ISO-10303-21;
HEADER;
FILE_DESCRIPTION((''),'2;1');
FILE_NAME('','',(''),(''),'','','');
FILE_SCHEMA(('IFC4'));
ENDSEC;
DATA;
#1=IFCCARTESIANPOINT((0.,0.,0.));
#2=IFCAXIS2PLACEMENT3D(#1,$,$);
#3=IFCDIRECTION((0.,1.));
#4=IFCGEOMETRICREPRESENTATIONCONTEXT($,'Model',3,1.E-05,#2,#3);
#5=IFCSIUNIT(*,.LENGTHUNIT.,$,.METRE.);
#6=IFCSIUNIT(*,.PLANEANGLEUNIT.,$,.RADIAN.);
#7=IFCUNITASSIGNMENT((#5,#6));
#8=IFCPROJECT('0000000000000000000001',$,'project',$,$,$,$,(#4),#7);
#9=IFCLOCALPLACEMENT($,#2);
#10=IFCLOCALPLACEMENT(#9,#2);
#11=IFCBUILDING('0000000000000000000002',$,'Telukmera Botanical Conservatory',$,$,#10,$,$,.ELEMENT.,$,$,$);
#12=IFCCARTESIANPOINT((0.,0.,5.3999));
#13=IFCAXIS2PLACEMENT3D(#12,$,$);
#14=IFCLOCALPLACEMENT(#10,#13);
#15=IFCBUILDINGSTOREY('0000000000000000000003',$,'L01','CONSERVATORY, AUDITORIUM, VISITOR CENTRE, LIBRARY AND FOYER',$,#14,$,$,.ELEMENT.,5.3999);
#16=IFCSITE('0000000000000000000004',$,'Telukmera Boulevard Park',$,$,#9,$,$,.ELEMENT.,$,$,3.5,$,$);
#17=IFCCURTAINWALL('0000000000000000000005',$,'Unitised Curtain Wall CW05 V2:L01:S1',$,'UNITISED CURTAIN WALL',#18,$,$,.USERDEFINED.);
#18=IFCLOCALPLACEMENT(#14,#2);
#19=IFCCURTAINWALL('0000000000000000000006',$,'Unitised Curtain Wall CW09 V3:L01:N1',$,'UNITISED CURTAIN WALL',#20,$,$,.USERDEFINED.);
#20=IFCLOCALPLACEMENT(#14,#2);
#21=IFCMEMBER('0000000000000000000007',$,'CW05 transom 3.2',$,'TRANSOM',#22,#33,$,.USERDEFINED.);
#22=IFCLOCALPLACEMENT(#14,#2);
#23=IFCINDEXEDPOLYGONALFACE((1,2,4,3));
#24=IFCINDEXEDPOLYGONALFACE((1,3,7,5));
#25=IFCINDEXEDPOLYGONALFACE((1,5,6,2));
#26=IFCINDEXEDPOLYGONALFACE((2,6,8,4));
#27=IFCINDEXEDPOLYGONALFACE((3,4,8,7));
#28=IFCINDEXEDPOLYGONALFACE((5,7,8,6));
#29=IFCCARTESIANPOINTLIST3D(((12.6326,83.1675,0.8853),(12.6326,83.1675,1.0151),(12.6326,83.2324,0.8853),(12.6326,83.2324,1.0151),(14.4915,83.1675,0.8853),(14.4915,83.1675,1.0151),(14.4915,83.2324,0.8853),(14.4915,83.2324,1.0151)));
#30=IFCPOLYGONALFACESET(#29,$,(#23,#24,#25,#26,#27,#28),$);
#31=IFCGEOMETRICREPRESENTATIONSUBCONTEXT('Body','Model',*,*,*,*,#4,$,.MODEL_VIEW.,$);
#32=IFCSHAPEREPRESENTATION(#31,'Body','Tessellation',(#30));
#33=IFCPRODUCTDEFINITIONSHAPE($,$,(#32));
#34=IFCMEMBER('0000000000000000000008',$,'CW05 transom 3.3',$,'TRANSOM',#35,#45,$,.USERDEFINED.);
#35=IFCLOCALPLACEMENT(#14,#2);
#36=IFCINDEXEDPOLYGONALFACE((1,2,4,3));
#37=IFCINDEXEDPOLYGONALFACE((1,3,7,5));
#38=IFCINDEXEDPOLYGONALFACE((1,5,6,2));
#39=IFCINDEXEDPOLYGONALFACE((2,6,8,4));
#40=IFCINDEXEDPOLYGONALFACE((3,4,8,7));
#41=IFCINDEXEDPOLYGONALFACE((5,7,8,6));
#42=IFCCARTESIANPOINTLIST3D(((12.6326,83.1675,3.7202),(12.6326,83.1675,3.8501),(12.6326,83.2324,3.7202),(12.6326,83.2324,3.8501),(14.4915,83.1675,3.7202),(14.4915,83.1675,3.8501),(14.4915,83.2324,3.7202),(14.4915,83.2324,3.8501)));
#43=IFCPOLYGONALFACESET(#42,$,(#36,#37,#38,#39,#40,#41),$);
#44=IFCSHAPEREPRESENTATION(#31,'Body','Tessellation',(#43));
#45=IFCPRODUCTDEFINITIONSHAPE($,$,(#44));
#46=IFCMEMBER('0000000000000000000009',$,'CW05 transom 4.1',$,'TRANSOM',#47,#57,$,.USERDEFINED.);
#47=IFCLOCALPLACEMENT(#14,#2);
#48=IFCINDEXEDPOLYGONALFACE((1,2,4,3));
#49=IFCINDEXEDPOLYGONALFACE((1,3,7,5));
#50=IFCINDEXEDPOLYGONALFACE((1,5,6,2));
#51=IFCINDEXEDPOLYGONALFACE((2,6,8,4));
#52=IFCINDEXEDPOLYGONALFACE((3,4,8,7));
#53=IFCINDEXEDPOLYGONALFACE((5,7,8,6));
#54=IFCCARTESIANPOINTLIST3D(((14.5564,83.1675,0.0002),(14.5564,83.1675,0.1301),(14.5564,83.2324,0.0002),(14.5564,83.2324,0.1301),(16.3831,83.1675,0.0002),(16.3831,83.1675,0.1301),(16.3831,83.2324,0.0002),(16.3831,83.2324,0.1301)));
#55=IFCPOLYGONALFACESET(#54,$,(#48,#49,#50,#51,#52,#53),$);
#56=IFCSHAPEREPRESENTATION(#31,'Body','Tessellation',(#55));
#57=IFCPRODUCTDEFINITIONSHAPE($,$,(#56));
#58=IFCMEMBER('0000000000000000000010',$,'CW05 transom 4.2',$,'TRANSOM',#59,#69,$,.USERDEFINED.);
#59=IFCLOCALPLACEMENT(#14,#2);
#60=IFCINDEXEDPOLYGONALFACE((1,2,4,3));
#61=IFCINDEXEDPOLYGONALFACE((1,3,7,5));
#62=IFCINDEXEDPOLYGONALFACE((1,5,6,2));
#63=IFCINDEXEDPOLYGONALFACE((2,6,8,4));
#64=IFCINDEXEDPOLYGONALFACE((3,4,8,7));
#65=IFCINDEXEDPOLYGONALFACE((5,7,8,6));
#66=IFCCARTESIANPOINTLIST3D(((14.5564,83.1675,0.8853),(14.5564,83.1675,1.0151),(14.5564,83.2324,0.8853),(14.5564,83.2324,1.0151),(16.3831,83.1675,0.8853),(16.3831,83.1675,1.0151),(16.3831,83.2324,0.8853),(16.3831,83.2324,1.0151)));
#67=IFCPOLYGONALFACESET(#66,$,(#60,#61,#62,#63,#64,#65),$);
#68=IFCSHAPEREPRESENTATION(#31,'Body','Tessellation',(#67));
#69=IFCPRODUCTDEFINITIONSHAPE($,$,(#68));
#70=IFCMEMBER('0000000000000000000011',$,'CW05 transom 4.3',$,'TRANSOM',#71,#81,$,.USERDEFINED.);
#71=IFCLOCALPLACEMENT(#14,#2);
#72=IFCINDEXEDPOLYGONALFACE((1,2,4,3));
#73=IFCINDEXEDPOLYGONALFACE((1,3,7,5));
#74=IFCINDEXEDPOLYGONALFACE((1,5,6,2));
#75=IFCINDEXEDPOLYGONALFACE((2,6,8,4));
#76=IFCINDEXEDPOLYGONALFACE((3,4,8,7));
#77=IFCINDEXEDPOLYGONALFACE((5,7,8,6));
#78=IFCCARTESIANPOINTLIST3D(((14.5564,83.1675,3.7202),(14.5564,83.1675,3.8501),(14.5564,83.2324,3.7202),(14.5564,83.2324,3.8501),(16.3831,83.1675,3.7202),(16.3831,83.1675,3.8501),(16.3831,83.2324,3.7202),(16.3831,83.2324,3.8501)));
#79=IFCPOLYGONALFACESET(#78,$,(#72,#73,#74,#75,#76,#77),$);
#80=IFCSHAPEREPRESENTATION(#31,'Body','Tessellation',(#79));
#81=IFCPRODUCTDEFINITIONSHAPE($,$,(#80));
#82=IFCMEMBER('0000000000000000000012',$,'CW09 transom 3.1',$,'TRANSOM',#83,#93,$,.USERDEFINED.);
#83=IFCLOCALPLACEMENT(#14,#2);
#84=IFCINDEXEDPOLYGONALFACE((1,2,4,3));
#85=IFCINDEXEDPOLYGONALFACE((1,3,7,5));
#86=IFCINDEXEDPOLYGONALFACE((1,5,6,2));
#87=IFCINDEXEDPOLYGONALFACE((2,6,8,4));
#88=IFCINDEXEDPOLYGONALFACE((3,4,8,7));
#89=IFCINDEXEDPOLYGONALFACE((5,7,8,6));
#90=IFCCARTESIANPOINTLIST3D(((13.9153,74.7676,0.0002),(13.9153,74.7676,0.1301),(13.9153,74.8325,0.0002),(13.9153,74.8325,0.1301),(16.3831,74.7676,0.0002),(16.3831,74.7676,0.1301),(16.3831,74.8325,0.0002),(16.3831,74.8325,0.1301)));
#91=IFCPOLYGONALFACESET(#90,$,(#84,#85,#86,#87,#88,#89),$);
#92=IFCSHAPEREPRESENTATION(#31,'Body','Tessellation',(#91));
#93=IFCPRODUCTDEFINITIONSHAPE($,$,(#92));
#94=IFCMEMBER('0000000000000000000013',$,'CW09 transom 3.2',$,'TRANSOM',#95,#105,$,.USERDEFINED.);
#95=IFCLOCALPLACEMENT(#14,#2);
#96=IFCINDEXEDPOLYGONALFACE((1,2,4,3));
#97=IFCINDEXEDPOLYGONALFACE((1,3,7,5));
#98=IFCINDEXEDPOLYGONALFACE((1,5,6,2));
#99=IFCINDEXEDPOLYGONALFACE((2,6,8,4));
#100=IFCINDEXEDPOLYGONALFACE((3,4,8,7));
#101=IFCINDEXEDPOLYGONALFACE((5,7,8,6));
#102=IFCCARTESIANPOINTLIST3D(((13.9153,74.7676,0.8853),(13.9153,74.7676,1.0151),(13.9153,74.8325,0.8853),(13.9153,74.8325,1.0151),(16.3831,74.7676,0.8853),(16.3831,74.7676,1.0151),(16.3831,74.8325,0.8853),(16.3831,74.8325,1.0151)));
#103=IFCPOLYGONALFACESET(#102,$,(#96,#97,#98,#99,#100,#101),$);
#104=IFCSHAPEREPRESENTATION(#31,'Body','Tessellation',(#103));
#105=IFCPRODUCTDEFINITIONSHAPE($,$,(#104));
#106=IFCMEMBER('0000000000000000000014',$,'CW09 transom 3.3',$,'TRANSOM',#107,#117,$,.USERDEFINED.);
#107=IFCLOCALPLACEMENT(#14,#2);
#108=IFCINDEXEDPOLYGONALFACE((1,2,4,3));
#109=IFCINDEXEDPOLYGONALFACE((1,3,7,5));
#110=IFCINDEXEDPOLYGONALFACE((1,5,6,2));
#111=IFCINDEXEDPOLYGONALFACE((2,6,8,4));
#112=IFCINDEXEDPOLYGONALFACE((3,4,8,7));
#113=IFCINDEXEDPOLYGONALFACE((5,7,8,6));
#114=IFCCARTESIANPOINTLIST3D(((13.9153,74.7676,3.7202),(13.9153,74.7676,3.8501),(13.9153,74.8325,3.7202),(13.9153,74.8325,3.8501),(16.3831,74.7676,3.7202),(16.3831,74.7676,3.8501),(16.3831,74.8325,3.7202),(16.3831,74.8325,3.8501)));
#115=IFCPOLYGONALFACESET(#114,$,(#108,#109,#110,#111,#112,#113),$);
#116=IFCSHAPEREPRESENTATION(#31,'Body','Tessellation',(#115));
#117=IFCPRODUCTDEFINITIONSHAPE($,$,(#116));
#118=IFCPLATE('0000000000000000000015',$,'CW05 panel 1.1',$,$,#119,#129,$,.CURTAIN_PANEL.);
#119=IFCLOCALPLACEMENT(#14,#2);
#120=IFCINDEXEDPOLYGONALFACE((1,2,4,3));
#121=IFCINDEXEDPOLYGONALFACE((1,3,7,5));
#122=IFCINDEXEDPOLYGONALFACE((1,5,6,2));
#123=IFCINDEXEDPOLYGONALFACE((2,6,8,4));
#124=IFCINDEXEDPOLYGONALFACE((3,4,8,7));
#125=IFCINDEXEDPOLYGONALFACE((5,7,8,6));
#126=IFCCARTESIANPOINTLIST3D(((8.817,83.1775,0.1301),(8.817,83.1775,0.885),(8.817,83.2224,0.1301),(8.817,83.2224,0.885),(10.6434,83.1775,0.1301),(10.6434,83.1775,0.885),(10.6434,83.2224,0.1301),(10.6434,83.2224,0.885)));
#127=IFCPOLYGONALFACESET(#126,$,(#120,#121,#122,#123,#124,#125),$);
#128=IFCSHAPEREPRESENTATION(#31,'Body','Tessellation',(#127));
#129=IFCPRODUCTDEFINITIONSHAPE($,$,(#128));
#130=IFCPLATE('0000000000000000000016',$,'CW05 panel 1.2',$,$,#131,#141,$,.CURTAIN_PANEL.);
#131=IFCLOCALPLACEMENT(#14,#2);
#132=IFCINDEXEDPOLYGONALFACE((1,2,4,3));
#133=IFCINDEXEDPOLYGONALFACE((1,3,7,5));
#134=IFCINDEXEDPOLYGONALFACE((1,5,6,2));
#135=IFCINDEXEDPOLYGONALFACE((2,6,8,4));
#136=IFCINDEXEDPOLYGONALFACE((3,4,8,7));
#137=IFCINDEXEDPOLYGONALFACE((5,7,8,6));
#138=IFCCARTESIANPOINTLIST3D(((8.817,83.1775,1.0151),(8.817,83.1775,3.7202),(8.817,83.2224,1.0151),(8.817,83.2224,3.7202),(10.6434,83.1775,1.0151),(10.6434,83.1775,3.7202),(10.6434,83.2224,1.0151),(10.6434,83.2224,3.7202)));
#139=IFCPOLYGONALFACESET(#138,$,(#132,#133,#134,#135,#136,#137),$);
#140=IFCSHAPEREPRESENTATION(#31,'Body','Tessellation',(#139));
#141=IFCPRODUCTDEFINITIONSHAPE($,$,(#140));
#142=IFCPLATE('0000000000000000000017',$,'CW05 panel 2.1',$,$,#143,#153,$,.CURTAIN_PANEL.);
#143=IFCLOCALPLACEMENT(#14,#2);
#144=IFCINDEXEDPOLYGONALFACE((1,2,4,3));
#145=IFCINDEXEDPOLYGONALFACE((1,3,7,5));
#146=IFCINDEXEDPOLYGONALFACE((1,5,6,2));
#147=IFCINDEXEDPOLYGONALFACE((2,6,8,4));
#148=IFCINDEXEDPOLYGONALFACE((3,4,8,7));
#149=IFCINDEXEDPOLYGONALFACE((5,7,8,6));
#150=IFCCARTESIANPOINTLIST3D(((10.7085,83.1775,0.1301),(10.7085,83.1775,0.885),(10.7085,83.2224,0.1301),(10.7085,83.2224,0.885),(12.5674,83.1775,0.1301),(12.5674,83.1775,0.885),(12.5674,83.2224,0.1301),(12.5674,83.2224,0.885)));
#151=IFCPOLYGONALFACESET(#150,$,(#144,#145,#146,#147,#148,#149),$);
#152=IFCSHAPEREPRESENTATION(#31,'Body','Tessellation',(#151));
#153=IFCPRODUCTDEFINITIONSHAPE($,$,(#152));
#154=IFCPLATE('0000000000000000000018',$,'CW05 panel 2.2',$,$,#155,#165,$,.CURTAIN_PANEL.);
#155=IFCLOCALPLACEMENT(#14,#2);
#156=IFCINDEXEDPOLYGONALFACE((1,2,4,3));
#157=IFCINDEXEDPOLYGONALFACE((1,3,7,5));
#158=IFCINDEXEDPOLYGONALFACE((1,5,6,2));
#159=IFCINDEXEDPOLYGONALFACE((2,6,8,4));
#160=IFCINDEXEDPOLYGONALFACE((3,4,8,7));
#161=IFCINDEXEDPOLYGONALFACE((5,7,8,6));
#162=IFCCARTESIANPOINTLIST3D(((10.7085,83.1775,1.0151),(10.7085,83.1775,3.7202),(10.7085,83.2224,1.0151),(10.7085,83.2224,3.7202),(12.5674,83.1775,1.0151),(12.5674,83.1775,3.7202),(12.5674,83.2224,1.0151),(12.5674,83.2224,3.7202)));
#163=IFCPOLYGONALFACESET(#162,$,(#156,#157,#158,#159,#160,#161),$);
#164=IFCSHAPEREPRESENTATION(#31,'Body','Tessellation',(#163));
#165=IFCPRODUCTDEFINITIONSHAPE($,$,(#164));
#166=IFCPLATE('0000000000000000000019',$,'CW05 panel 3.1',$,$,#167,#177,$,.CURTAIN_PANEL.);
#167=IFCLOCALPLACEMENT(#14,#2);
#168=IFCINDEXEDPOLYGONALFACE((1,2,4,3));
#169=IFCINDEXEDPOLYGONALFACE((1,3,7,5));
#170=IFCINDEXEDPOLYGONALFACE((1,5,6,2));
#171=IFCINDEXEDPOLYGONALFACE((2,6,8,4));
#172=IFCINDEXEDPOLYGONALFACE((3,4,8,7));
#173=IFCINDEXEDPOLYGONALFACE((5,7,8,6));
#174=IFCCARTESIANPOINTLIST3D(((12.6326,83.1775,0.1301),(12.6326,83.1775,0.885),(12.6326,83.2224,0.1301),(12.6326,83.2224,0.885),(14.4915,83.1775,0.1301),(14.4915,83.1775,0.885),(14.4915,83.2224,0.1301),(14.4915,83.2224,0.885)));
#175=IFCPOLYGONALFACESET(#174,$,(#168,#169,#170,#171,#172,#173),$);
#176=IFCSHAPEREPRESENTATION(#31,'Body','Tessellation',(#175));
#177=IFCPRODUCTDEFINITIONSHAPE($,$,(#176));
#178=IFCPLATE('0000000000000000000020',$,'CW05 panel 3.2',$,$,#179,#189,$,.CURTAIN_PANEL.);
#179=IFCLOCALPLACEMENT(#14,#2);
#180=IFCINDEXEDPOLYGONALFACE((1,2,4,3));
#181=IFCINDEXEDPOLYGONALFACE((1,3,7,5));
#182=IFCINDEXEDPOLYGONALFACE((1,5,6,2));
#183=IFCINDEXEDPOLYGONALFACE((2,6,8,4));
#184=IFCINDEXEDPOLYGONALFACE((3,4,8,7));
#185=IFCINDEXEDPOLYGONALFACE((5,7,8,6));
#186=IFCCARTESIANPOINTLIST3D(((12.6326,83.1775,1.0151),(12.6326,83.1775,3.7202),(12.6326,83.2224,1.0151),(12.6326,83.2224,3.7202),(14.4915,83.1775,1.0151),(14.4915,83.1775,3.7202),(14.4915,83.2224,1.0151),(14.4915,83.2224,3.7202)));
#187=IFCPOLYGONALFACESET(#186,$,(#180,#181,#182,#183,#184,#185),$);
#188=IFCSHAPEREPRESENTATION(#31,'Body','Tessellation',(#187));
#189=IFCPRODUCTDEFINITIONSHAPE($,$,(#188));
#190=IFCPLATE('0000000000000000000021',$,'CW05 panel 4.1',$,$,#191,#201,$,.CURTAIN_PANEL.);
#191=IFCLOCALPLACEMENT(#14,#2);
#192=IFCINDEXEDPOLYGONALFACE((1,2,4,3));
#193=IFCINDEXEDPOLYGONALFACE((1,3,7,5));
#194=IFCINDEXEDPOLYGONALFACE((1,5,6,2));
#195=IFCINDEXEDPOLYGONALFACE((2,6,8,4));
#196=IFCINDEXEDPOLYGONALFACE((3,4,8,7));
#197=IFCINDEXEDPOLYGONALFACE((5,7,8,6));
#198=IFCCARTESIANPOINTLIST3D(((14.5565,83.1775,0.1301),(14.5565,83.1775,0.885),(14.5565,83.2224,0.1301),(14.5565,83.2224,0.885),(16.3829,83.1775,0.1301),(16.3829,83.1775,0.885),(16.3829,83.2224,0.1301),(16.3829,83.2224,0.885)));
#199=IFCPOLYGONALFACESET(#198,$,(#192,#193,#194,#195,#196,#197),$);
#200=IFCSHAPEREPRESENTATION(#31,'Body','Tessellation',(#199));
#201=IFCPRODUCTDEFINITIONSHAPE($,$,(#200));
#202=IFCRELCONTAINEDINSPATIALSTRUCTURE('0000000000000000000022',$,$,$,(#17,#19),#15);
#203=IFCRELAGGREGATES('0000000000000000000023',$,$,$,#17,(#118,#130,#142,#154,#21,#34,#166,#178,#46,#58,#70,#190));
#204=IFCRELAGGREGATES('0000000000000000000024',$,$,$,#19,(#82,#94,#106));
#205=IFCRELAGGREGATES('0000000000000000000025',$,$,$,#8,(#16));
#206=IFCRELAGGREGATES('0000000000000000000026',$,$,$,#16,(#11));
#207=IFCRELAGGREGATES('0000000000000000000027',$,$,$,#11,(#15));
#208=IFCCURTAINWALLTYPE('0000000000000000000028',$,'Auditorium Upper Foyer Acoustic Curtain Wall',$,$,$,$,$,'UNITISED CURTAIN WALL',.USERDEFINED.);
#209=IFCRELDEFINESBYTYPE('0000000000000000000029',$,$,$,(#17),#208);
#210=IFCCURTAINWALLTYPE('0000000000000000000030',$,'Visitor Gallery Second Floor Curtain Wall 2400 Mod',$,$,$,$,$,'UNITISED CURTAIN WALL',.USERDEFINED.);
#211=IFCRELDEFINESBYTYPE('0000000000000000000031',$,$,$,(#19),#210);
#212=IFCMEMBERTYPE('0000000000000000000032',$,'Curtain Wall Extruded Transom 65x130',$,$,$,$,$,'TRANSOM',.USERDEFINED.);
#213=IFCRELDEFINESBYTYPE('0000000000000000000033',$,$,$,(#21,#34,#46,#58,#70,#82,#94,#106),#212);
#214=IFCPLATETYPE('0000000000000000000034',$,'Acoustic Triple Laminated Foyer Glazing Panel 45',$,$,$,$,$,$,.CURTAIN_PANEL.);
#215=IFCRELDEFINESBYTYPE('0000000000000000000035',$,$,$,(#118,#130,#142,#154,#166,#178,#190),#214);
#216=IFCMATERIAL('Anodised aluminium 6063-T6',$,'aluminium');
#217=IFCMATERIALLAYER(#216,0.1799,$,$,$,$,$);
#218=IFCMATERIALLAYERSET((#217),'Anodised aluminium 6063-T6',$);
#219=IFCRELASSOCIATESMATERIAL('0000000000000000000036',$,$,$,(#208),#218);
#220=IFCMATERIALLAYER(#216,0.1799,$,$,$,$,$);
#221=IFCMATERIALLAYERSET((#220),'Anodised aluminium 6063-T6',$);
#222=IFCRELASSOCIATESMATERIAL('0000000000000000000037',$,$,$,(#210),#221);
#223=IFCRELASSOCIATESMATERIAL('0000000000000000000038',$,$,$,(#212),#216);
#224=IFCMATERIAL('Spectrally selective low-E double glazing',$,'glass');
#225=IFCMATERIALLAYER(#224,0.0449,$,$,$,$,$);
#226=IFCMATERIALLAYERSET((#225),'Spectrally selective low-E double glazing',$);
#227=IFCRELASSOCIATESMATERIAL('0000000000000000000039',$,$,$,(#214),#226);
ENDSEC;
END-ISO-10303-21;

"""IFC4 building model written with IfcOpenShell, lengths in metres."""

from ifc_helpers import new_model, si_unit, direction, frame, origin, origin_2d, place, context, subcontext, project, spatial, rectangle, extrude, material, layer, layer_set, material_profile, profile_set, type_object, element, aggregate, save


model = new_model("IFC4")

# Units and contexts
model_context = context("Model", 3, precision=1e-05, world=origin(), true_north=direction((0.0, 1.0)))
body_context = subcontext(model_context, "Body", "Model", "MODEL_VIEW")
ifc_project = project(units=[si_unit("LENGTHUNIT", "METRE"), si_unit("PLANEANGLEUNIT", "RADIAN")], contexts=[model_context])

# Site, building, storey
site_placement = place(None, origin())
site = spatial("IfcSite", under=ifc_project, at=site_placement, Name="Telukmera Boulevard Park", CompositionType="ELEMENT", RefElevation=3.5)
building_placement = place(site_placement, origin())
building = spatial("IfcBuilding", under=site, at=building_placement, Name="Telukmera Botanical Conservatory", CompositionType="ELEMENT")
storey_placement = place(building_placement, frame((0.0, 0.0, 5.3999)))
storey = spatial("IfcBuildingStorey", under=building, at=storey_placement, Name="L01", Description="CONSERVATORY, AUDITORIUM, VISITOR CENTRE, LIBRARY AND FOYER", CompositionType="ELEMENT", Elevation=5.3999)

# Curtain wall
ifc_material_1 = material(Name="Anodised aluminium 6063-T6", Category="aluminium")
ifc_layer_1 = layer(ifc_material_1, 0.1799)
ifc_layer_set_1 = layer_set([ifc_layer_1], Name="Anodised aluminium 6063-T6")
curtain_wall_type_1 = type_object("IfcCurtainWallType", Name="Auditorium Upper Foyer Acoustic Curtain Wall", ElementType="UNITISED CURTAIN WALL", PredefinedType="USERDEFINED", material=ifc_layer_set_1)
curtain_wall_1_placement = place(storey_placement, origin())
curtain_wall_1 = element("IfcCurtainWall", 1, at=curtain_wall_1_placement, inside=storey, type_object=curtain_wall_type_1, Name="Unitised Curtain Wall CW05 V2:L01:S1", ObjectType="UNITISED CURTAIN WALL", PredefinedType="USERDEFINED")

# Curtain wall
ifc_layer_2 = layer(ifc_material_1, 0.1799)
ifc_layer_set_2 = layer_set([ifc_layer_2], Name="Anodised aluminium 6063-T6")
curtain_wall_type_2 = type_object("IfcCurtainWallType", Name="Visitor Gallery Second Floor Curtain Wall 2400 Mod", ElementType="UNITISED CURTAIN WALL", PredefinedType="USERDEFINED", material=ifc_layer_set_2)
curtain_wall_2_placement = place(storey_placement, origin())
curtain_wall_2 = element("IfcCurtainWall", 2, at=curtain_wall_2_placement, inside=storey, type_object=curtain_wall_type_2, Name="Unitised Curtain Wall CW09 V3:L01:N1", ObjectType="UNITISED CURTAIN WALL", PredefinedType="USERDEFINED")

# Members
ifc_material_profile_1 = material_profile(ifc_material_1, rectangle(XDim=0.0649, YDim=0.1299, at=origin_2d()), Name="ALU TRAN 65x130")
ifc_profile_set_1 = profile_set([ifc_material_profile_1], Name="Anodised aluminium 6063-T6")
member_type_1 = type_object("IfcMemberType", Name="Curtain Wall Extruded Transom 65x130", ElementType="TRANSOM", PredefinedType="USERDEFINED", material=ifc_profile_set_1)
member_1_placement = place(storey_placement, frame((12.6326, 83.2, 0.9502), z_axis=(1.0, 0.0, 0.0), x_axis=(0.0, 1.0, 0.0)))
member_1 = element("IfcMember", 3, at=member_1_placement, type_object=member_type_1, Name="CW05 transom 3.2", ObjectType="TRANSOM", PredefinedType="USERDEFINED", context=body_context, shape_type="SweptSolid", body=[
    extrude(rectangle(XDim=0.0649, YDim=0.1299, at=origin_2d()), origin(), (0.0, 0.0, 1.0), 1.8589),
])
member_2_placement = place(storey_placement, frame((12.6326, 83.2, 3.7852), z_axis=(1.0, 0.0, 0.0), x_axis=(0.0, 1.0, 0.0)))
member_2 = element("IfcMember", 4, at=member_2_placement, type_object=member_type_1, Name="CW05 transom 3.3", ObjectType="TRANSOM", PredefinedType="USERDEFINED", context=body_context, shape_type="SweptSolid", body=[
    extrude(rectangle(XDim=0.0649, YDim=0.1299, at=origin_2d()), origin(), (0.0, 0.0, 1.0), 1.8589),
])
member_3_placement = place(storey_placement, frame((14.5564, 83.2, 0.0652), z_axis=(1.0, 0.0, 0.0), x_axis=(0.0, 1.0, 0.0)))
member_3 = element("IfcMember", 5, at=member_3_placement, type_object=member_type_1, Name="CW05 transom 4.1", ObjectType="TRANSOM", PredefinedType="USERDEFINED", context=body_context, shape_type="SweptSolid", body=[
    extrude(rectangle(XDim=0.0649, YDim=0.1299, at=origin_2d()), origin(), (0.0, 0.0, 1.0), 1.8267),
])
member_4_placement = place(storey_placement, frame((14.5564, 83.2, 0.9502), z_axis=(1.0, 0.0, 0.0), x_axis=(0.0, 1.0, 0.0)))
member_4 = element("IfcMember", 6, at=member_4_placement, type_object=member_type_1, Name="CW05 transom 4.2", ObjectType="TRANSOM", PredefinedType="USERDEFINED", context=body_context, shape_type="SweptSolid", body=[
    extrude(rectangle(XDim=0.0649, YDim=0.1299, at=origin_2d()), origin(), (0.0, 0.0, 1.0), 1.8267),
])
member_5_placement = place(storey_placement, frame((14.5564, 83.2, 3.7852), z_axis=(1.0, 0.0, 0.0), x_axis=(0.0, 1.0, 0.0)))
member_5 = element("IfcMember", 7, at=member_5_placement, type_object=member_type_1, Name="CW05 transom 4.3", ObjectType="TRANSOM", PredefinedType="USERDEFINED", context=body_context, shape_type="SweptSolid", body=[
    extrude(rectangle(XDim=0.0649, YDim=0.1299, at=origin_2d()), origin(), (0.0, 0.0, 1.0), 1.8267),
])
member_6_placement = place(storey_placement, frame((13.9153, 74.8, 0.0652), z_axis=(1.0, 0.0, 0.0), x_axis=(0.0, 1.0, 0.0)))
member_6 = element("IfcMember", 8, at=member_6_placement, type_object=member_type_1, Name="CW09 transom 3.1", ObjectType="TRANSOM", PredefinedType="USERDEFINED", context=body_context, shape_type="SweptSolid", body=[
    extrude(rectangle(XDim=0.0649, YDim=0.1299, at=origin_2d()), origin(), (0.0, 0.0, 1.0), 2.4678),
])
member_7_placement = place(storey_placement, frame((13.9153, 74.8, 0.9502), z_axis=(1.0, 0.0, 0.0), x_axis=(0.0, 1.0, 0.0)))
member_7 = element("IfcMember", 9, at=member_7_placement, type_object=member_type_1, Name="CW09 transom 3.2", ObjectType="TRANSOM", PredefinedType="USERDEFINED", context=body_context, shape_type="SweptSolid", body=[
    extrude(rectangle(XDim=0.0649, YDim=0.1299, at=origin_2d()), origin(), (0.0, 0.0, 1.0), 2.4678),
])
member_8_placement = place(storey_placement, frame((13.9153, 74.8, 3.7852), z_axis=(1.0, 0.0, 0.0), x_axis=(0.0, 1.0, 0.0)))
member_8 = element("IfcMember", 10, at=member_8_placement, type_object=member_type_1, Name="CW09 transom 3.3", ObjectType="TRANSOM", PredefinedType="USERDEFINED", context=body_context, shape_type="SweptSolid", body=[
    extrude(rectangle(XDim=0.0649, YDim=0.1299, at=origin_2d()), origin(), (0.0, 0.0, 1.0), 2.4678),
])

# Plates
ifc_material_2 = material(Name="Spectrally selective low-E double glazing", Category="glass")
ifc_layer_3 = layer(ifc_material_2, 0.0449)
ifc_layer_set_3 = layer_set([ifc_layer_3], Name="Spectrally selective low-E double glazing")
plate_type_1 = type_object("IfcPlateType", Name="Acoustic Triple Laminated Foyer Glazing Panel 45", PredefinedType="CURTAIN_PANEL", material=ifc_layer_set_3)
plate_1_placement = place(storey_placement, frame((9.7302, 83.2, 0.1301), z_axis=(0.0, 0.0, 1.0), x_axis=(1.0, 0.0, 0.0)))
plate_1 = element("IfcPlate", 11, at=plate_1_placement, type_object=plate_type_1, Name="CW05 panel 1.1", PredefinedType="CURTAIN_PANEL", context=body_context, shape_type="SweptSolid", body=[
    extrude(rectangle(XDim=1.8264, YDim=0.0449, at=origin_2d()), origin(), (0.0, 0.0, 1.0), 0.7549),
])
plate_2_placement = place(storey_placement, frame((9.7302, 83.2, 1.0151), z_axis=(0.0, 0.0, 1.0), x_axis=(1.0, 0.0, 0.0)))
plate_2 = element("IfcPlate", 12, at=plate_2_placement, type_object=plate_type_1, Name="CW05 panel 1.2", PredefinedType="CURTAIN_PANEL", context=body_context, shape_type="SweptSolid", body=[
    extrude(rectangle(XDim=1.8264, YDim=0.0449, at=origin_2d()), origin(), (0.0, 0.0, 1.0), 2.7051),
])
plate_3_placement = place(storey_placement, frame((11.6379, 83.2, 0.1301), z_axis=(0.0, 0.0, 1.0), x_axis=(1.0, 0.0, 0.0)))
plate_3 = element("IfcPlate", 13, at=plate_3_placement, type_object=plate_type_1, Name="CW05 panel 2.1", PredefinedType="CURTAIN_PANEL", context=body_context, shape_type="SweptSolid", body=[
    extrude(rectangle(XDim=1.8589, YDim=0.0449, at=origin_2d()), origin(), (0.0, 0.0, 1.0), 0.7549),
])
plate_4_placement = place(storey_placement, frame((11.6379, 83.2, 1.0151), z_axis=(0.0, 0.0, 1.0), x_axis=(1.0, 0.0, 0.0)))
plate_4 = element("IfcPlate", 14, at=plate_4_placement, type_object=plate_type_1, Name="CW05 panel 2.2", PredefinedType="CURTAIN_PANEL", context=body_context, shape_type="SweptSolid", body=[
    extrude(rectangle(XDim=1.8589, YDim=0.0449, at=origin_2d()), origin(), (0.0, 0.0, 1.0), 2.7051),
])
plate_5_placement = place(storey_placement, frame((13.562, 83.2, 0.1301), z_axis=(0.0, 0.0, 1.0), x_axis=(1.0, 0.0, 0.0)))
plate_5 = element("IfcPlate", 15, at=plate_5_placement, type_object=plate_type_1, Name="CW05 panel 3.1", PredefinedType="CURTAIN_PANEL", context=body_context, shape_type="SweptSolid", body=[
    extrude(rectangle(XDim=1.8589, YDim=0.0449, at=origin_2d()), origin(), (0.0, 0.0, 1.0), 0.7549),
])
plate_6_placement = place(storey_placement, frame((13.562, 83.2, 1.0151), z_axis=(0.0, 0.0, 1.0), x_axis=(1.0, 0.0, 0.0)))
plate_6 = element("IfcPlate", 16, at=plate_6_placement, type_object=plate_type_1, Name="CW05 panel 3.2", PredefinedType="CURTAIN_PANEL", context=body_context, shape_type="SweptSolid", body=[
    extrude(rectangle(XDim=1.8589, YDim=0.0449, at=origin_2d()), origin(), (0.0, 0.0, 1.0), 2.7051),
])
plate_7_placement = place(storey_placement, frame((15.4697, 83.2, 0.1301), z_axis=(0.0, 0.0, 1.0), x_axis=(1.0, 0.0, 0.0)))
plate_7 = element("IfcPlate", 17, at=plate_7_placement, type_object=plate_type_1, Name="CW05 panel 4.1", PredefinedType="CURTAIN_PANEL", context=body_context, shape_type="SweptSolid", body=[
    extrude(rectangle(XDim=1.8264, YDim=0.0449, at=origin_2d()), origin(), (0.0, 0.0, 1.0), 0.7549),
])
aggregate(curtain_wall_1, [plate_1, plate_2, plate_3, plate_4, member_1, member_2, plate_5, plate_6, member_3, member_4, member_5, plate_7])
aggregate(curtain_wall_2, [member_6, member_7, member_8])

save(model, "model.ifc")
